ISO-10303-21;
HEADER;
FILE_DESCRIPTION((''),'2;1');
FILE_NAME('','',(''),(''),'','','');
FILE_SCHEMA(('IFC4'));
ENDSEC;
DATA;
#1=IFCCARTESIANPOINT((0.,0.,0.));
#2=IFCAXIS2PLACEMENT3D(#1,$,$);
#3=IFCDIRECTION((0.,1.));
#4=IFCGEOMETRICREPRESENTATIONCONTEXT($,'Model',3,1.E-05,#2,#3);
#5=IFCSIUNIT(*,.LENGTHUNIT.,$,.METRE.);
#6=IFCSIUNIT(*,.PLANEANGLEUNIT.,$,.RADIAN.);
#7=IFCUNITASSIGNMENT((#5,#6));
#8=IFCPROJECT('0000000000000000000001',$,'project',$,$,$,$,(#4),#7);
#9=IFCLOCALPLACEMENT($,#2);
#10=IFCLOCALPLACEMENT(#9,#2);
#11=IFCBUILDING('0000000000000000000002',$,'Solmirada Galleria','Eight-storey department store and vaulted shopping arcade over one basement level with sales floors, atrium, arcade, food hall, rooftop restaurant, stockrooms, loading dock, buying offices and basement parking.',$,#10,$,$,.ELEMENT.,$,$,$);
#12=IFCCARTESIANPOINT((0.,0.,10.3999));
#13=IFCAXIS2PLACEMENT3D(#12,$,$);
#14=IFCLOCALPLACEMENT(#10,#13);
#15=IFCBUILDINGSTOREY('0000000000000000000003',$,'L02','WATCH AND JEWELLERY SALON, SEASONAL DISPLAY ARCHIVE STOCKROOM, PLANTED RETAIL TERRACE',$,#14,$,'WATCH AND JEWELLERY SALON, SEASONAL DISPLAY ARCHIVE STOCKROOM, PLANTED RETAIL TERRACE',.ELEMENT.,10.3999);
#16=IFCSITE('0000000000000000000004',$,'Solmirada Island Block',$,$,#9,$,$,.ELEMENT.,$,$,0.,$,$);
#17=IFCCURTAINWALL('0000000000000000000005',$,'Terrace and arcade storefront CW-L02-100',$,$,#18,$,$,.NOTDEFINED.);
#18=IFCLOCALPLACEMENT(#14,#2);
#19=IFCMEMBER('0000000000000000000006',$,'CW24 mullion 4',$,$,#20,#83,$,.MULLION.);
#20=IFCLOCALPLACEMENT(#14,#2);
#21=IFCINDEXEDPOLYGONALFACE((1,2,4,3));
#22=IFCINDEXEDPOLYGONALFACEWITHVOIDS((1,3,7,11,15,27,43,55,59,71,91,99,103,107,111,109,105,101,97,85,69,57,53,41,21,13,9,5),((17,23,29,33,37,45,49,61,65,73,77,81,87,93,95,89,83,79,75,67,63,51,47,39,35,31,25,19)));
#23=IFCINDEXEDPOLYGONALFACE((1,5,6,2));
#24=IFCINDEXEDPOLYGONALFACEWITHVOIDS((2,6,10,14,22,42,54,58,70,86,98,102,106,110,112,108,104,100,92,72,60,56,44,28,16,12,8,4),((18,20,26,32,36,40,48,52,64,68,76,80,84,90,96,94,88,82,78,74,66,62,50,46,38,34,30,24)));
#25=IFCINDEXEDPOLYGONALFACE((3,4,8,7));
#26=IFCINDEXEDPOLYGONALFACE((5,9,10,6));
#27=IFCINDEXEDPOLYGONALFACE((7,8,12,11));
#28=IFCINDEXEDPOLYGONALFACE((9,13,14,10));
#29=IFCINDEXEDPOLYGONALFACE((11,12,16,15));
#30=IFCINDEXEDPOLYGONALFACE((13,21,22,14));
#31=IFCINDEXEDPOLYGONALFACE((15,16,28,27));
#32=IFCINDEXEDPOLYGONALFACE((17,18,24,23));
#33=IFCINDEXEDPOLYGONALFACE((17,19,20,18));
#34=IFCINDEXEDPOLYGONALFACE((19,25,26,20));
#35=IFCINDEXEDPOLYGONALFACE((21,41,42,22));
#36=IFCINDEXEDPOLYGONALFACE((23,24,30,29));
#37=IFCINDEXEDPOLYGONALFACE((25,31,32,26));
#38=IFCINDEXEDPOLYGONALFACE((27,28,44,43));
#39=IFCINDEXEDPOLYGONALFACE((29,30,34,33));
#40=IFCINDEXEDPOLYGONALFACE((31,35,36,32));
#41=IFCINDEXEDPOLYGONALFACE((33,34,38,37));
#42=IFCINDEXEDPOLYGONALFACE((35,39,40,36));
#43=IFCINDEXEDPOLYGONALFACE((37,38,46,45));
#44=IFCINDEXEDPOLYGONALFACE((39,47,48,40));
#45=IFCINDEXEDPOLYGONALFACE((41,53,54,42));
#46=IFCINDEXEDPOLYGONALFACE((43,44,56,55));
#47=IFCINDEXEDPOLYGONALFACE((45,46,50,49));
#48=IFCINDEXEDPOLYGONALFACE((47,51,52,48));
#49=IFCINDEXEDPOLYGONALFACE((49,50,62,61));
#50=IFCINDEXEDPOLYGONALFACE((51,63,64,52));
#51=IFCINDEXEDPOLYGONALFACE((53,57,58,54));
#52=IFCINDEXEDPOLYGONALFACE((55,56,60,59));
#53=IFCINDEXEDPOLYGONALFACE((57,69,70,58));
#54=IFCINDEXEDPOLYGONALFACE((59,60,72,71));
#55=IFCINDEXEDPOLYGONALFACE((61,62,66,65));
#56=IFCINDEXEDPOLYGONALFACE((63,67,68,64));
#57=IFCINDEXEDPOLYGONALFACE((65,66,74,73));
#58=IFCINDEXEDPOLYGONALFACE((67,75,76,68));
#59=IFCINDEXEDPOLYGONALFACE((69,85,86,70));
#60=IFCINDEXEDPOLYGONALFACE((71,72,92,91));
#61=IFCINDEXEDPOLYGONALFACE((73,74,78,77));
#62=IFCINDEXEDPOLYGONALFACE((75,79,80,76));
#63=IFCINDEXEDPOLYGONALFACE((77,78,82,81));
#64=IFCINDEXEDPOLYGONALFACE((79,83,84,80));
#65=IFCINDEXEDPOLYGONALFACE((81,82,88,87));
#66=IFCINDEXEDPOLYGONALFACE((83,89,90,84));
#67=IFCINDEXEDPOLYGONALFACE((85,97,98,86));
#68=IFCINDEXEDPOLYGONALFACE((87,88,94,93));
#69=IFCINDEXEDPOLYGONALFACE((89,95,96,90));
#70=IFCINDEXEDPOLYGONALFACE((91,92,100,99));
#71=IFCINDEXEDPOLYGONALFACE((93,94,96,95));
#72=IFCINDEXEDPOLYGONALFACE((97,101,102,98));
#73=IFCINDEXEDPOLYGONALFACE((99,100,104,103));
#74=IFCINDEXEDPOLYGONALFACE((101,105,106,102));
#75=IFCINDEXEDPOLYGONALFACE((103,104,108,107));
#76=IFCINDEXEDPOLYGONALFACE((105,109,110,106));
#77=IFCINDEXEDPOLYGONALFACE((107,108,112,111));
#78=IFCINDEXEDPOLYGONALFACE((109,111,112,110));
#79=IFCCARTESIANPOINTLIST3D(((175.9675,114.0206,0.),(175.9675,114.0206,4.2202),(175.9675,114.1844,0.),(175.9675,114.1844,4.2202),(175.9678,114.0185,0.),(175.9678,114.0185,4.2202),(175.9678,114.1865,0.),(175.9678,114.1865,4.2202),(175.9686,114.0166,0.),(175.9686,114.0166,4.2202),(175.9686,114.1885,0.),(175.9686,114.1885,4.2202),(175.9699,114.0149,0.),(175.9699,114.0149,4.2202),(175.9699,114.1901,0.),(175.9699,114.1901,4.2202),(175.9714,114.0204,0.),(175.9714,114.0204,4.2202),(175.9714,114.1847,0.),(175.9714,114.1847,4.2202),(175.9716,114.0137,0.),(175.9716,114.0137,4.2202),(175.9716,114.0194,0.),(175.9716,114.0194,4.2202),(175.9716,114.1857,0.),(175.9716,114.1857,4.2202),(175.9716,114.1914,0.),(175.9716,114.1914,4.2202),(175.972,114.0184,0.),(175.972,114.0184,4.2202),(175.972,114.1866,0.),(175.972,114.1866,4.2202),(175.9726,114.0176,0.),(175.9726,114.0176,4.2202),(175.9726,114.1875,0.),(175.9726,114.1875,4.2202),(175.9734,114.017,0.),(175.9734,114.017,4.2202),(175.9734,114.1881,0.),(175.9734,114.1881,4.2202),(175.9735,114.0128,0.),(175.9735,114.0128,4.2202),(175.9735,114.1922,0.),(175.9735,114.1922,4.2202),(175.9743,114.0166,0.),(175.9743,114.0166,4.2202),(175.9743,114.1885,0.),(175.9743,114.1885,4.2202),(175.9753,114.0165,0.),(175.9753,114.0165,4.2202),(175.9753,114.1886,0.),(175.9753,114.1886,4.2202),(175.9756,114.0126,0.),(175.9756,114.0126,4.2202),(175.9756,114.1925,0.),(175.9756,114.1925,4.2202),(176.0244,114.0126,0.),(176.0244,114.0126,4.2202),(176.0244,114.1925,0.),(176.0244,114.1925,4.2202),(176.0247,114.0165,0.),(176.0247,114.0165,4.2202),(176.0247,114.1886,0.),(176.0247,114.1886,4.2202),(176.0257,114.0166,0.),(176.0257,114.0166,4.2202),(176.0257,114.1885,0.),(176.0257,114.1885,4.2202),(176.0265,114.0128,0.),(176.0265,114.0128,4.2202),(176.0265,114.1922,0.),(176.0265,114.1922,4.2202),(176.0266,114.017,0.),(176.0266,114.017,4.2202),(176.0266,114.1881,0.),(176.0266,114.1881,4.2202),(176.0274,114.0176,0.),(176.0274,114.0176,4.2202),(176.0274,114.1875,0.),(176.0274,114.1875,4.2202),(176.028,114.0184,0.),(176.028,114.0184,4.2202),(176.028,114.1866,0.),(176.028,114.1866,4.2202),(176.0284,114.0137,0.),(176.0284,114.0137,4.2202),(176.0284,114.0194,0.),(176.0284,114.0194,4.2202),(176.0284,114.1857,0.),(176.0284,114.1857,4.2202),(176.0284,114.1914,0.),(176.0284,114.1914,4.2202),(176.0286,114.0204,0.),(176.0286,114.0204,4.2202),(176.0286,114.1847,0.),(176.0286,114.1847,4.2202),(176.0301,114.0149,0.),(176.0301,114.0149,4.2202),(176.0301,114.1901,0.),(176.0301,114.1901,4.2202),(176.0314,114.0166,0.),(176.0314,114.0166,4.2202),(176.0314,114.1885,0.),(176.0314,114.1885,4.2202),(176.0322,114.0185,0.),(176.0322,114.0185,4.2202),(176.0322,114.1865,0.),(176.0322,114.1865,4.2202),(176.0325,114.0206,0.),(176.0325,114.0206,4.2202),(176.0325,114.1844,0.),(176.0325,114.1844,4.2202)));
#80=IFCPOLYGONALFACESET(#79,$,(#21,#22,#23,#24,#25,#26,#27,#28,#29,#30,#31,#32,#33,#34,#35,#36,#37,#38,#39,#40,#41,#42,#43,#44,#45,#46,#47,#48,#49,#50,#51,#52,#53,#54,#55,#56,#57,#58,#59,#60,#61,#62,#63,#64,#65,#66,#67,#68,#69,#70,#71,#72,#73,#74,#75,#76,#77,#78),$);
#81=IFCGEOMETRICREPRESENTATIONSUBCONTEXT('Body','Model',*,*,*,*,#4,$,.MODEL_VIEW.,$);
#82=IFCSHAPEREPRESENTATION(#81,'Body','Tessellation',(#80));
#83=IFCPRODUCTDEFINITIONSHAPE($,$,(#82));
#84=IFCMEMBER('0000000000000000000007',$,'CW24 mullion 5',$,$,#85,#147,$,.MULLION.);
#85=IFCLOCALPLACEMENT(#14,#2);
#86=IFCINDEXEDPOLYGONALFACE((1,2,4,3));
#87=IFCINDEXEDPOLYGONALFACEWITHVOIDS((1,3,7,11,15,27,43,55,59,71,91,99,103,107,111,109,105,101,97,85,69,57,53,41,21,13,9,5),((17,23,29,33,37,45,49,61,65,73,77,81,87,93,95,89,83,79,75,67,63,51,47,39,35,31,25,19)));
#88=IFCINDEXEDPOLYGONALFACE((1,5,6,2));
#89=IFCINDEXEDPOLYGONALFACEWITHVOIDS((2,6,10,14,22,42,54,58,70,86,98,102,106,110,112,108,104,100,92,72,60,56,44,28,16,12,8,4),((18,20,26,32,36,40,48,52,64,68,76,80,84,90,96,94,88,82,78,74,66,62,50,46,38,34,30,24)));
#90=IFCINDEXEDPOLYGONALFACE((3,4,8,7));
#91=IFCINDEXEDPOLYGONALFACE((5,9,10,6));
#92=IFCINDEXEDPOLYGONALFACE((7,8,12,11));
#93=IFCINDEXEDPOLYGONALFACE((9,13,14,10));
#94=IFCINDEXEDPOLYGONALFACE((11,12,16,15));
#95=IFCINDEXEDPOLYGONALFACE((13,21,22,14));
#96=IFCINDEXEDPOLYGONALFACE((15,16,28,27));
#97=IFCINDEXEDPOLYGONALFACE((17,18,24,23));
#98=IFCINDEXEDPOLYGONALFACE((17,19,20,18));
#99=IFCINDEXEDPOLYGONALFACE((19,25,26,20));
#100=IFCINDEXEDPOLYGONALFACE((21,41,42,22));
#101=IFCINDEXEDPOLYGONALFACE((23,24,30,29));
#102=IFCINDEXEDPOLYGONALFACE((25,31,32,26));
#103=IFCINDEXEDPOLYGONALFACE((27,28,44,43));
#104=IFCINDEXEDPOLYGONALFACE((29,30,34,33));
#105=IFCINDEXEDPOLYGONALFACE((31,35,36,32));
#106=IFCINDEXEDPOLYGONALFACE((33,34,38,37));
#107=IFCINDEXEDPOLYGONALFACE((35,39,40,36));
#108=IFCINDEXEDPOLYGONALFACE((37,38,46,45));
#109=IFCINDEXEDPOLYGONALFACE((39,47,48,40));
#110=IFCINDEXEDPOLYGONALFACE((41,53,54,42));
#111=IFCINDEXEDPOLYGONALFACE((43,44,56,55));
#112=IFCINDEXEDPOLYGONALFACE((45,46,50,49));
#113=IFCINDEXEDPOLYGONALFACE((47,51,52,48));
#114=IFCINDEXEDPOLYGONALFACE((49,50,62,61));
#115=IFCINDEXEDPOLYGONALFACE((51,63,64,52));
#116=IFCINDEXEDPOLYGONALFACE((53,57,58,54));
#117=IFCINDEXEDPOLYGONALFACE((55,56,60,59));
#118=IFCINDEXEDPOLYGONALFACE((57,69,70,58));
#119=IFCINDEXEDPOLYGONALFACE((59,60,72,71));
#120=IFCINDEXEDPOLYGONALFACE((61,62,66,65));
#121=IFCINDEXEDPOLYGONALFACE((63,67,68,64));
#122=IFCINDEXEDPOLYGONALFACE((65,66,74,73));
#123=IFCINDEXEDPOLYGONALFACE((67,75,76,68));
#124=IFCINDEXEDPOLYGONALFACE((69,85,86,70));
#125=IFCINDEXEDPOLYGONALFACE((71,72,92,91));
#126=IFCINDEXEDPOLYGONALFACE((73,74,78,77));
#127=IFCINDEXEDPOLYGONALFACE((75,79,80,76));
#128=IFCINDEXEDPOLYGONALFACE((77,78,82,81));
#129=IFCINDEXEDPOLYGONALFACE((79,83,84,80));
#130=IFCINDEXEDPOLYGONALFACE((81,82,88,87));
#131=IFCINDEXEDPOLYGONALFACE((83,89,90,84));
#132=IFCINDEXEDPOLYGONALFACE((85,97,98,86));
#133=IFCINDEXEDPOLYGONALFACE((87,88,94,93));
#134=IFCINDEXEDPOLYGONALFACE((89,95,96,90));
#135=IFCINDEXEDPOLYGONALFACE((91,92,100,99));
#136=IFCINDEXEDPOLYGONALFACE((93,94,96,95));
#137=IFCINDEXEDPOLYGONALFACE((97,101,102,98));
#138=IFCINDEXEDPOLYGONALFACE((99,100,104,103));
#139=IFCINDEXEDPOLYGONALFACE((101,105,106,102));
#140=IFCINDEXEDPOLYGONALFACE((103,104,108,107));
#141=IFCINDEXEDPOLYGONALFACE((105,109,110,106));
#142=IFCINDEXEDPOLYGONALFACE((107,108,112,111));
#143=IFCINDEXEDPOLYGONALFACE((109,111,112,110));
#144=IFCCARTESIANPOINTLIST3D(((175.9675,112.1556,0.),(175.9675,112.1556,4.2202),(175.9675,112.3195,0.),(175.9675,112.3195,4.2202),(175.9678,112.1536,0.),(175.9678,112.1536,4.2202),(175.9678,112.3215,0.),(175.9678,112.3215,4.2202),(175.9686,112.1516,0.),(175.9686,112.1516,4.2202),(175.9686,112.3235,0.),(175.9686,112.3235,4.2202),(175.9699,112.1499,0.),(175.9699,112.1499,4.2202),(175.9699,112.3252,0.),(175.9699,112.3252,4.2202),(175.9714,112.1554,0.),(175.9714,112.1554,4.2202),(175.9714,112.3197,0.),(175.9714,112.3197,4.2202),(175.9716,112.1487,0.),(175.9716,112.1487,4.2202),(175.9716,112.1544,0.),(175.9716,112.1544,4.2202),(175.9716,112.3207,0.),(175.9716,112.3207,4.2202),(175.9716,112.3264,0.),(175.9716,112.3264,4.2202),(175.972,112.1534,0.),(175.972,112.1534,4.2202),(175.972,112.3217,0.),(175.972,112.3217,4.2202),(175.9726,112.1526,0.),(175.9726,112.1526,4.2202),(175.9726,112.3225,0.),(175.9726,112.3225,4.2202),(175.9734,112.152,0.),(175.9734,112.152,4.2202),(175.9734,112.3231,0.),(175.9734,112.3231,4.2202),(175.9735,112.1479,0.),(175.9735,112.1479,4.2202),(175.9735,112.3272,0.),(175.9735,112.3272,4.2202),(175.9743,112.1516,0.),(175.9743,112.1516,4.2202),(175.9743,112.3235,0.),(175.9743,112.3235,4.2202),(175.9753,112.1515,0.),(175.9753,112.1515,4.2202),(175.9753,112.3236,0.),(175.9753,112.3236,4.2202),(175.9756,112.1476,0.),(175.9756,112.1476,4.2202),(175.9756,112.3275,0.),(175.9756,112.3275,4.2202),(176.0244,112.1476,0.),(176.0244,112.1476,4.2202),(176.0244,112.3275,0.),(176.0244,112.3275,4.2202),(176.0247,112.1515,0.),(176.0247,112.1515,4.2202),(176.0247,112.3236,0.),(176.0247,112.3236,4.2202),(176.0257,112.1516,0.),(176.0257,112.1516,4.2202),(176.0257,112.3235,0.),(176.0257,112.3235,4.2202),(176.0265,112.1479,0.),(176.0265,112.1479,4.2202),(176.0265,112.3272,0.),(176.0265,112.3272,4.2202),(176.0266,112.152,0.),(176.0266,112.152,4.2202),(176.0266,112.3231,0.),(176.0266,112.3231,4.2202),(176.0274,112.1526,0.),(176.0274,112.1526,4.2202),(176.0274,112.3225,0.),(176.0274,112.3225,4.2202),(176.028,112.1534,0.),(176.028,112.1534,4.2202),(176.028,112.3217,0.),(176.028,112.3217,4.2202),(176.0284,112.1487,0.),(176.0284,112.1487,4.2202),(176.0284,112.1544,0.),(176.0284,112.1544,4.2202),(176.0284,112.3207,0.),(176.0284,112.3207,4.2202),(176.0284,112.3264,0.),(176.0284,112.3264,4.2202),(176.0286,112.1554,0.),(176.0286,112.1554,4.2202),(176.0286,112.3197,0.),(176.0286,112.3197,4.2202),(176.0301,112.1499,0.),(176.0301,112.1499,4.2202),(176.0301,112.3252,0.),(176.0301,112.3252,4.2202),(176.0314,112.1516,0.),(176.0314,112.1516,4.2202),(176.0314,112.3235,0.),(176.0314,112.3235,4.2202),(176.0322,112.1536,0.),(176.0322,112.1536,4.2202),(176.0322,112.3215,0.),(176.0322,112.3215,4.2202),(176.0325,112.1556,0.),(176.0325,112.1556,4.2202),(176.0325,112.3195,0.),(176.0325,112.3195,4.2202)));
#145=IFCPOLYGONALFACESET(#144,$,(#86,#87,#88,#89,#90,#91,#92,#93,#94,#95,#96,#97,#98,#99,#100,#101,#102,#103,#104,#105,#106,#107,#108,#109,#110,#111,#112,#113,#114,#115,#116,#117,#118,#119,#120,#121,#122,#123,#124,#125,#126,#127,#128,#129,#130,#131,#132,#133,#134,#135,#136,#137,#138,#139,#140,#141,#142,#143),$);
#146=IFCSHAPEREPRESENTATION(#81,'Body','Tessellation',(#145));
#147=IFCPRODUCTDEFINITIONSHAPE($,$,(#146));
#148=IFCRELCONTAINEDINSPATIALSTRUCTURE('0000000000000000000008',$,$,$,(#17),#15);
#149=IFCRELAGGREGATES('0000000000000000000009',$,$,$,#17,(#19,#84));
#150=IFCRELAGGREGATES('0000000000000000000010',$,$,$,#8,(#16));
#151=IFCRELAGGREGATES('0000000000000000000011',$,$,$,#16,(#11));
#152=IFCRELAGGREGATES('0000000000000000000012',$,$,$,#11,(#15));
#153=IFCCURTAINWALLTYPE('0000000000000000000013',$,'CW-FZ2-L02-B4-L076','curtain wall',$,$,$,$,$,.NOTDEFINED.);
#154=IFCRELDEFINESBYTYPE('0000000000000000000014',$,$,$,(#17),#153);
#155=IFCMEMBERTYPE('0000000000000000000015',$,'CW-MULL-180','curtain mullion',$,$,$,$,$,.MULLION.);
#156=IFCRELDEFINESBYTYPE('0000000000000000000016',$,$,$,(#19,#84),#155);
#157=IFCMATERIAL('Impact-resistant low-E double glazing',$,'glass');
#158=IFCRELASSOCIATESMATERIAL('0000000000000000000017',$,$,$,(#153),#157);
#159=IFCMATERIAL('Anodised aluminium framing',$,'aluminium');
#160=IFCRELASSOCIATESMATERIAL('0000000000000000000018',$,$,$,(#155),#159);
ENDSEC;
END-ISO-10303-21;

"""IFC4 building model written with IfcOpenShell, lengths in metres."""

from ifc_helpers import new_model, si_unit, direction, frame, origin, origin_2d, place, context, subcontext, project, spatial, hollow_rectangle, extrude, material, material_profile, profile_set, type_object, element, aggregate, save


model = new_model("IFC4")

# Units and contexts
model_context = context("Model", 3, precision=1e-05, world=origin(), true_north=direction((0.0, 1.0)))
body_context = subcontext(model_context, "Body", "Model", "MODEL_VIEW")
ifc_project = project(units=[si_unit("LENGTHUNIT", "METRE"), si_unit("PLANEANGLEUNIT", "RADIAN")], contexts=[model_context])

# Site, building, storey
site_placement = place(None, origin())
site = spatial("IfcSite", under=ifc_project, at=site_placement, Name="Solmirada Island Block", CompositionType="ELEMENT", RefElevation=0.0)
building_placement = place(site_placement, origin())
building = spatial("IfcBuilding", under=site, at=building_placement, Name="Solmirada Galleria", Description="Eight-storey department store and vaulted shopping arcade over one basement level with sales floors, atrium, arcade, food hall, rooftop restaurant, stockrooms, loading dock, buying offices and basement parking.", CompositionType="ELEMENT")
storey_placement = place(building_placement, frame((0.0, 0.0, 10.3999)))
storey = spatial("IfcBuildingStorey", under=building, at=storey_placement, Name="L02", Description="WATCH AND JEWELLERY SALON, SEASONAL DISPLAY ARCHIVE STOCKROOM, PLANTED RETAIL TERRACE", LongName="WATCH AND JEWELLERY SALON, SEASONAL DISPLAY ARCHIVE STOCKROOM, PLANTED RETAIL TERRACE", CompositionType="ELEMENT", Elevation=10.3999)

# Curtain wall, members
ifc_material_1 = material(Name="Impact-resistant low-E double glazing", Category="glass")
curtain_wall_type = type_object("IfcCurtainWallType", Name="CW-FZ2-L02-B4-L076", Description="curtain wall", PredefinedType="NOTDEFINED", material=ifc_material_1)
curtain_wall_placement = place(storey_placement, origin())
curtain_wall = element("IfcCurtainWall", 1, at=curtain_wall_placement, inside=storey, type_object=curtain_wall_type, Name="Terrace and arcade storefront CW-L02-100", PredefinedType="NOTDEFINED")
ifc_material_2 = material(Name="Anodised aluminium framing", Category="aluminium")
ifc_material_profile_1 = material_profile(ifc_material_2, hollow_rectangle(XDim=0.0649, YDim=0.1799, WallThickness=0.0039, InnerFilletRadius=0.0039, OuterFilletRadius=0.0081, at=origin_2d()), Name="ALU-MULL-180X65")
ifc_profile_set_1 = profile_set([ifc_material_profile_1], Name="Anodised aluminium framing")
member_type_1 = type_object("IfcMemberType", Name="CW-MULL-180", Description="curtain mullion", PredefinedType="MULLION", material=ifc_profile_set_1)
member_1_placement = place(storey_placement, frame((176.0, 114.1025, 0.0), z_axis=(0.0, 0.0, 1.0), x_axis=(1.0, 0.0, 0.0)))
member_1 = element("IfcMember", 2, at=member_1_placement, type_object=member_type_1, Name="CW24 mullion 4", PredefinedType="MULLION", context=body_context, shape_type="SweptSolid", body=[
    extrude(hollow_rectangle(XDim=0.0649, YDim=0.1799, WallThickness=0.0039, InnerFilletRadius=0.0039, OuterFilletRadius=0.0081, at=origin_2d()), origin(), (0.0, 0.0, 1.0), 4.2202),
])
member_2_placement = place(storey_placement, frame((176.0, 112.2375, 0.0), z_axis=(0.0, 0.0, 1.0), x_axis=(1.0, 0.0, 0.0)))
member_2 = element("IfcMember", 3, at=member_2_placement, type_object=member_type_1, Name="CW24 mullion 5", PredefinedType="MULLION", context=body_context, shape_type="SweptSolid", body=[
    extrude(hollow_rectangle(XDim=0.0649, YDim=0.1799, WallThickness=0.0039, InnerFilletRadius=0.0039, OuterFilletRadius=0.0081, at=origin_2d()), origin(), (0.0, 0.0, 1.0), 4.2202),
])
aggregate(curtain_wall, [member_1, member_2])

save(model, "model.ifc")
